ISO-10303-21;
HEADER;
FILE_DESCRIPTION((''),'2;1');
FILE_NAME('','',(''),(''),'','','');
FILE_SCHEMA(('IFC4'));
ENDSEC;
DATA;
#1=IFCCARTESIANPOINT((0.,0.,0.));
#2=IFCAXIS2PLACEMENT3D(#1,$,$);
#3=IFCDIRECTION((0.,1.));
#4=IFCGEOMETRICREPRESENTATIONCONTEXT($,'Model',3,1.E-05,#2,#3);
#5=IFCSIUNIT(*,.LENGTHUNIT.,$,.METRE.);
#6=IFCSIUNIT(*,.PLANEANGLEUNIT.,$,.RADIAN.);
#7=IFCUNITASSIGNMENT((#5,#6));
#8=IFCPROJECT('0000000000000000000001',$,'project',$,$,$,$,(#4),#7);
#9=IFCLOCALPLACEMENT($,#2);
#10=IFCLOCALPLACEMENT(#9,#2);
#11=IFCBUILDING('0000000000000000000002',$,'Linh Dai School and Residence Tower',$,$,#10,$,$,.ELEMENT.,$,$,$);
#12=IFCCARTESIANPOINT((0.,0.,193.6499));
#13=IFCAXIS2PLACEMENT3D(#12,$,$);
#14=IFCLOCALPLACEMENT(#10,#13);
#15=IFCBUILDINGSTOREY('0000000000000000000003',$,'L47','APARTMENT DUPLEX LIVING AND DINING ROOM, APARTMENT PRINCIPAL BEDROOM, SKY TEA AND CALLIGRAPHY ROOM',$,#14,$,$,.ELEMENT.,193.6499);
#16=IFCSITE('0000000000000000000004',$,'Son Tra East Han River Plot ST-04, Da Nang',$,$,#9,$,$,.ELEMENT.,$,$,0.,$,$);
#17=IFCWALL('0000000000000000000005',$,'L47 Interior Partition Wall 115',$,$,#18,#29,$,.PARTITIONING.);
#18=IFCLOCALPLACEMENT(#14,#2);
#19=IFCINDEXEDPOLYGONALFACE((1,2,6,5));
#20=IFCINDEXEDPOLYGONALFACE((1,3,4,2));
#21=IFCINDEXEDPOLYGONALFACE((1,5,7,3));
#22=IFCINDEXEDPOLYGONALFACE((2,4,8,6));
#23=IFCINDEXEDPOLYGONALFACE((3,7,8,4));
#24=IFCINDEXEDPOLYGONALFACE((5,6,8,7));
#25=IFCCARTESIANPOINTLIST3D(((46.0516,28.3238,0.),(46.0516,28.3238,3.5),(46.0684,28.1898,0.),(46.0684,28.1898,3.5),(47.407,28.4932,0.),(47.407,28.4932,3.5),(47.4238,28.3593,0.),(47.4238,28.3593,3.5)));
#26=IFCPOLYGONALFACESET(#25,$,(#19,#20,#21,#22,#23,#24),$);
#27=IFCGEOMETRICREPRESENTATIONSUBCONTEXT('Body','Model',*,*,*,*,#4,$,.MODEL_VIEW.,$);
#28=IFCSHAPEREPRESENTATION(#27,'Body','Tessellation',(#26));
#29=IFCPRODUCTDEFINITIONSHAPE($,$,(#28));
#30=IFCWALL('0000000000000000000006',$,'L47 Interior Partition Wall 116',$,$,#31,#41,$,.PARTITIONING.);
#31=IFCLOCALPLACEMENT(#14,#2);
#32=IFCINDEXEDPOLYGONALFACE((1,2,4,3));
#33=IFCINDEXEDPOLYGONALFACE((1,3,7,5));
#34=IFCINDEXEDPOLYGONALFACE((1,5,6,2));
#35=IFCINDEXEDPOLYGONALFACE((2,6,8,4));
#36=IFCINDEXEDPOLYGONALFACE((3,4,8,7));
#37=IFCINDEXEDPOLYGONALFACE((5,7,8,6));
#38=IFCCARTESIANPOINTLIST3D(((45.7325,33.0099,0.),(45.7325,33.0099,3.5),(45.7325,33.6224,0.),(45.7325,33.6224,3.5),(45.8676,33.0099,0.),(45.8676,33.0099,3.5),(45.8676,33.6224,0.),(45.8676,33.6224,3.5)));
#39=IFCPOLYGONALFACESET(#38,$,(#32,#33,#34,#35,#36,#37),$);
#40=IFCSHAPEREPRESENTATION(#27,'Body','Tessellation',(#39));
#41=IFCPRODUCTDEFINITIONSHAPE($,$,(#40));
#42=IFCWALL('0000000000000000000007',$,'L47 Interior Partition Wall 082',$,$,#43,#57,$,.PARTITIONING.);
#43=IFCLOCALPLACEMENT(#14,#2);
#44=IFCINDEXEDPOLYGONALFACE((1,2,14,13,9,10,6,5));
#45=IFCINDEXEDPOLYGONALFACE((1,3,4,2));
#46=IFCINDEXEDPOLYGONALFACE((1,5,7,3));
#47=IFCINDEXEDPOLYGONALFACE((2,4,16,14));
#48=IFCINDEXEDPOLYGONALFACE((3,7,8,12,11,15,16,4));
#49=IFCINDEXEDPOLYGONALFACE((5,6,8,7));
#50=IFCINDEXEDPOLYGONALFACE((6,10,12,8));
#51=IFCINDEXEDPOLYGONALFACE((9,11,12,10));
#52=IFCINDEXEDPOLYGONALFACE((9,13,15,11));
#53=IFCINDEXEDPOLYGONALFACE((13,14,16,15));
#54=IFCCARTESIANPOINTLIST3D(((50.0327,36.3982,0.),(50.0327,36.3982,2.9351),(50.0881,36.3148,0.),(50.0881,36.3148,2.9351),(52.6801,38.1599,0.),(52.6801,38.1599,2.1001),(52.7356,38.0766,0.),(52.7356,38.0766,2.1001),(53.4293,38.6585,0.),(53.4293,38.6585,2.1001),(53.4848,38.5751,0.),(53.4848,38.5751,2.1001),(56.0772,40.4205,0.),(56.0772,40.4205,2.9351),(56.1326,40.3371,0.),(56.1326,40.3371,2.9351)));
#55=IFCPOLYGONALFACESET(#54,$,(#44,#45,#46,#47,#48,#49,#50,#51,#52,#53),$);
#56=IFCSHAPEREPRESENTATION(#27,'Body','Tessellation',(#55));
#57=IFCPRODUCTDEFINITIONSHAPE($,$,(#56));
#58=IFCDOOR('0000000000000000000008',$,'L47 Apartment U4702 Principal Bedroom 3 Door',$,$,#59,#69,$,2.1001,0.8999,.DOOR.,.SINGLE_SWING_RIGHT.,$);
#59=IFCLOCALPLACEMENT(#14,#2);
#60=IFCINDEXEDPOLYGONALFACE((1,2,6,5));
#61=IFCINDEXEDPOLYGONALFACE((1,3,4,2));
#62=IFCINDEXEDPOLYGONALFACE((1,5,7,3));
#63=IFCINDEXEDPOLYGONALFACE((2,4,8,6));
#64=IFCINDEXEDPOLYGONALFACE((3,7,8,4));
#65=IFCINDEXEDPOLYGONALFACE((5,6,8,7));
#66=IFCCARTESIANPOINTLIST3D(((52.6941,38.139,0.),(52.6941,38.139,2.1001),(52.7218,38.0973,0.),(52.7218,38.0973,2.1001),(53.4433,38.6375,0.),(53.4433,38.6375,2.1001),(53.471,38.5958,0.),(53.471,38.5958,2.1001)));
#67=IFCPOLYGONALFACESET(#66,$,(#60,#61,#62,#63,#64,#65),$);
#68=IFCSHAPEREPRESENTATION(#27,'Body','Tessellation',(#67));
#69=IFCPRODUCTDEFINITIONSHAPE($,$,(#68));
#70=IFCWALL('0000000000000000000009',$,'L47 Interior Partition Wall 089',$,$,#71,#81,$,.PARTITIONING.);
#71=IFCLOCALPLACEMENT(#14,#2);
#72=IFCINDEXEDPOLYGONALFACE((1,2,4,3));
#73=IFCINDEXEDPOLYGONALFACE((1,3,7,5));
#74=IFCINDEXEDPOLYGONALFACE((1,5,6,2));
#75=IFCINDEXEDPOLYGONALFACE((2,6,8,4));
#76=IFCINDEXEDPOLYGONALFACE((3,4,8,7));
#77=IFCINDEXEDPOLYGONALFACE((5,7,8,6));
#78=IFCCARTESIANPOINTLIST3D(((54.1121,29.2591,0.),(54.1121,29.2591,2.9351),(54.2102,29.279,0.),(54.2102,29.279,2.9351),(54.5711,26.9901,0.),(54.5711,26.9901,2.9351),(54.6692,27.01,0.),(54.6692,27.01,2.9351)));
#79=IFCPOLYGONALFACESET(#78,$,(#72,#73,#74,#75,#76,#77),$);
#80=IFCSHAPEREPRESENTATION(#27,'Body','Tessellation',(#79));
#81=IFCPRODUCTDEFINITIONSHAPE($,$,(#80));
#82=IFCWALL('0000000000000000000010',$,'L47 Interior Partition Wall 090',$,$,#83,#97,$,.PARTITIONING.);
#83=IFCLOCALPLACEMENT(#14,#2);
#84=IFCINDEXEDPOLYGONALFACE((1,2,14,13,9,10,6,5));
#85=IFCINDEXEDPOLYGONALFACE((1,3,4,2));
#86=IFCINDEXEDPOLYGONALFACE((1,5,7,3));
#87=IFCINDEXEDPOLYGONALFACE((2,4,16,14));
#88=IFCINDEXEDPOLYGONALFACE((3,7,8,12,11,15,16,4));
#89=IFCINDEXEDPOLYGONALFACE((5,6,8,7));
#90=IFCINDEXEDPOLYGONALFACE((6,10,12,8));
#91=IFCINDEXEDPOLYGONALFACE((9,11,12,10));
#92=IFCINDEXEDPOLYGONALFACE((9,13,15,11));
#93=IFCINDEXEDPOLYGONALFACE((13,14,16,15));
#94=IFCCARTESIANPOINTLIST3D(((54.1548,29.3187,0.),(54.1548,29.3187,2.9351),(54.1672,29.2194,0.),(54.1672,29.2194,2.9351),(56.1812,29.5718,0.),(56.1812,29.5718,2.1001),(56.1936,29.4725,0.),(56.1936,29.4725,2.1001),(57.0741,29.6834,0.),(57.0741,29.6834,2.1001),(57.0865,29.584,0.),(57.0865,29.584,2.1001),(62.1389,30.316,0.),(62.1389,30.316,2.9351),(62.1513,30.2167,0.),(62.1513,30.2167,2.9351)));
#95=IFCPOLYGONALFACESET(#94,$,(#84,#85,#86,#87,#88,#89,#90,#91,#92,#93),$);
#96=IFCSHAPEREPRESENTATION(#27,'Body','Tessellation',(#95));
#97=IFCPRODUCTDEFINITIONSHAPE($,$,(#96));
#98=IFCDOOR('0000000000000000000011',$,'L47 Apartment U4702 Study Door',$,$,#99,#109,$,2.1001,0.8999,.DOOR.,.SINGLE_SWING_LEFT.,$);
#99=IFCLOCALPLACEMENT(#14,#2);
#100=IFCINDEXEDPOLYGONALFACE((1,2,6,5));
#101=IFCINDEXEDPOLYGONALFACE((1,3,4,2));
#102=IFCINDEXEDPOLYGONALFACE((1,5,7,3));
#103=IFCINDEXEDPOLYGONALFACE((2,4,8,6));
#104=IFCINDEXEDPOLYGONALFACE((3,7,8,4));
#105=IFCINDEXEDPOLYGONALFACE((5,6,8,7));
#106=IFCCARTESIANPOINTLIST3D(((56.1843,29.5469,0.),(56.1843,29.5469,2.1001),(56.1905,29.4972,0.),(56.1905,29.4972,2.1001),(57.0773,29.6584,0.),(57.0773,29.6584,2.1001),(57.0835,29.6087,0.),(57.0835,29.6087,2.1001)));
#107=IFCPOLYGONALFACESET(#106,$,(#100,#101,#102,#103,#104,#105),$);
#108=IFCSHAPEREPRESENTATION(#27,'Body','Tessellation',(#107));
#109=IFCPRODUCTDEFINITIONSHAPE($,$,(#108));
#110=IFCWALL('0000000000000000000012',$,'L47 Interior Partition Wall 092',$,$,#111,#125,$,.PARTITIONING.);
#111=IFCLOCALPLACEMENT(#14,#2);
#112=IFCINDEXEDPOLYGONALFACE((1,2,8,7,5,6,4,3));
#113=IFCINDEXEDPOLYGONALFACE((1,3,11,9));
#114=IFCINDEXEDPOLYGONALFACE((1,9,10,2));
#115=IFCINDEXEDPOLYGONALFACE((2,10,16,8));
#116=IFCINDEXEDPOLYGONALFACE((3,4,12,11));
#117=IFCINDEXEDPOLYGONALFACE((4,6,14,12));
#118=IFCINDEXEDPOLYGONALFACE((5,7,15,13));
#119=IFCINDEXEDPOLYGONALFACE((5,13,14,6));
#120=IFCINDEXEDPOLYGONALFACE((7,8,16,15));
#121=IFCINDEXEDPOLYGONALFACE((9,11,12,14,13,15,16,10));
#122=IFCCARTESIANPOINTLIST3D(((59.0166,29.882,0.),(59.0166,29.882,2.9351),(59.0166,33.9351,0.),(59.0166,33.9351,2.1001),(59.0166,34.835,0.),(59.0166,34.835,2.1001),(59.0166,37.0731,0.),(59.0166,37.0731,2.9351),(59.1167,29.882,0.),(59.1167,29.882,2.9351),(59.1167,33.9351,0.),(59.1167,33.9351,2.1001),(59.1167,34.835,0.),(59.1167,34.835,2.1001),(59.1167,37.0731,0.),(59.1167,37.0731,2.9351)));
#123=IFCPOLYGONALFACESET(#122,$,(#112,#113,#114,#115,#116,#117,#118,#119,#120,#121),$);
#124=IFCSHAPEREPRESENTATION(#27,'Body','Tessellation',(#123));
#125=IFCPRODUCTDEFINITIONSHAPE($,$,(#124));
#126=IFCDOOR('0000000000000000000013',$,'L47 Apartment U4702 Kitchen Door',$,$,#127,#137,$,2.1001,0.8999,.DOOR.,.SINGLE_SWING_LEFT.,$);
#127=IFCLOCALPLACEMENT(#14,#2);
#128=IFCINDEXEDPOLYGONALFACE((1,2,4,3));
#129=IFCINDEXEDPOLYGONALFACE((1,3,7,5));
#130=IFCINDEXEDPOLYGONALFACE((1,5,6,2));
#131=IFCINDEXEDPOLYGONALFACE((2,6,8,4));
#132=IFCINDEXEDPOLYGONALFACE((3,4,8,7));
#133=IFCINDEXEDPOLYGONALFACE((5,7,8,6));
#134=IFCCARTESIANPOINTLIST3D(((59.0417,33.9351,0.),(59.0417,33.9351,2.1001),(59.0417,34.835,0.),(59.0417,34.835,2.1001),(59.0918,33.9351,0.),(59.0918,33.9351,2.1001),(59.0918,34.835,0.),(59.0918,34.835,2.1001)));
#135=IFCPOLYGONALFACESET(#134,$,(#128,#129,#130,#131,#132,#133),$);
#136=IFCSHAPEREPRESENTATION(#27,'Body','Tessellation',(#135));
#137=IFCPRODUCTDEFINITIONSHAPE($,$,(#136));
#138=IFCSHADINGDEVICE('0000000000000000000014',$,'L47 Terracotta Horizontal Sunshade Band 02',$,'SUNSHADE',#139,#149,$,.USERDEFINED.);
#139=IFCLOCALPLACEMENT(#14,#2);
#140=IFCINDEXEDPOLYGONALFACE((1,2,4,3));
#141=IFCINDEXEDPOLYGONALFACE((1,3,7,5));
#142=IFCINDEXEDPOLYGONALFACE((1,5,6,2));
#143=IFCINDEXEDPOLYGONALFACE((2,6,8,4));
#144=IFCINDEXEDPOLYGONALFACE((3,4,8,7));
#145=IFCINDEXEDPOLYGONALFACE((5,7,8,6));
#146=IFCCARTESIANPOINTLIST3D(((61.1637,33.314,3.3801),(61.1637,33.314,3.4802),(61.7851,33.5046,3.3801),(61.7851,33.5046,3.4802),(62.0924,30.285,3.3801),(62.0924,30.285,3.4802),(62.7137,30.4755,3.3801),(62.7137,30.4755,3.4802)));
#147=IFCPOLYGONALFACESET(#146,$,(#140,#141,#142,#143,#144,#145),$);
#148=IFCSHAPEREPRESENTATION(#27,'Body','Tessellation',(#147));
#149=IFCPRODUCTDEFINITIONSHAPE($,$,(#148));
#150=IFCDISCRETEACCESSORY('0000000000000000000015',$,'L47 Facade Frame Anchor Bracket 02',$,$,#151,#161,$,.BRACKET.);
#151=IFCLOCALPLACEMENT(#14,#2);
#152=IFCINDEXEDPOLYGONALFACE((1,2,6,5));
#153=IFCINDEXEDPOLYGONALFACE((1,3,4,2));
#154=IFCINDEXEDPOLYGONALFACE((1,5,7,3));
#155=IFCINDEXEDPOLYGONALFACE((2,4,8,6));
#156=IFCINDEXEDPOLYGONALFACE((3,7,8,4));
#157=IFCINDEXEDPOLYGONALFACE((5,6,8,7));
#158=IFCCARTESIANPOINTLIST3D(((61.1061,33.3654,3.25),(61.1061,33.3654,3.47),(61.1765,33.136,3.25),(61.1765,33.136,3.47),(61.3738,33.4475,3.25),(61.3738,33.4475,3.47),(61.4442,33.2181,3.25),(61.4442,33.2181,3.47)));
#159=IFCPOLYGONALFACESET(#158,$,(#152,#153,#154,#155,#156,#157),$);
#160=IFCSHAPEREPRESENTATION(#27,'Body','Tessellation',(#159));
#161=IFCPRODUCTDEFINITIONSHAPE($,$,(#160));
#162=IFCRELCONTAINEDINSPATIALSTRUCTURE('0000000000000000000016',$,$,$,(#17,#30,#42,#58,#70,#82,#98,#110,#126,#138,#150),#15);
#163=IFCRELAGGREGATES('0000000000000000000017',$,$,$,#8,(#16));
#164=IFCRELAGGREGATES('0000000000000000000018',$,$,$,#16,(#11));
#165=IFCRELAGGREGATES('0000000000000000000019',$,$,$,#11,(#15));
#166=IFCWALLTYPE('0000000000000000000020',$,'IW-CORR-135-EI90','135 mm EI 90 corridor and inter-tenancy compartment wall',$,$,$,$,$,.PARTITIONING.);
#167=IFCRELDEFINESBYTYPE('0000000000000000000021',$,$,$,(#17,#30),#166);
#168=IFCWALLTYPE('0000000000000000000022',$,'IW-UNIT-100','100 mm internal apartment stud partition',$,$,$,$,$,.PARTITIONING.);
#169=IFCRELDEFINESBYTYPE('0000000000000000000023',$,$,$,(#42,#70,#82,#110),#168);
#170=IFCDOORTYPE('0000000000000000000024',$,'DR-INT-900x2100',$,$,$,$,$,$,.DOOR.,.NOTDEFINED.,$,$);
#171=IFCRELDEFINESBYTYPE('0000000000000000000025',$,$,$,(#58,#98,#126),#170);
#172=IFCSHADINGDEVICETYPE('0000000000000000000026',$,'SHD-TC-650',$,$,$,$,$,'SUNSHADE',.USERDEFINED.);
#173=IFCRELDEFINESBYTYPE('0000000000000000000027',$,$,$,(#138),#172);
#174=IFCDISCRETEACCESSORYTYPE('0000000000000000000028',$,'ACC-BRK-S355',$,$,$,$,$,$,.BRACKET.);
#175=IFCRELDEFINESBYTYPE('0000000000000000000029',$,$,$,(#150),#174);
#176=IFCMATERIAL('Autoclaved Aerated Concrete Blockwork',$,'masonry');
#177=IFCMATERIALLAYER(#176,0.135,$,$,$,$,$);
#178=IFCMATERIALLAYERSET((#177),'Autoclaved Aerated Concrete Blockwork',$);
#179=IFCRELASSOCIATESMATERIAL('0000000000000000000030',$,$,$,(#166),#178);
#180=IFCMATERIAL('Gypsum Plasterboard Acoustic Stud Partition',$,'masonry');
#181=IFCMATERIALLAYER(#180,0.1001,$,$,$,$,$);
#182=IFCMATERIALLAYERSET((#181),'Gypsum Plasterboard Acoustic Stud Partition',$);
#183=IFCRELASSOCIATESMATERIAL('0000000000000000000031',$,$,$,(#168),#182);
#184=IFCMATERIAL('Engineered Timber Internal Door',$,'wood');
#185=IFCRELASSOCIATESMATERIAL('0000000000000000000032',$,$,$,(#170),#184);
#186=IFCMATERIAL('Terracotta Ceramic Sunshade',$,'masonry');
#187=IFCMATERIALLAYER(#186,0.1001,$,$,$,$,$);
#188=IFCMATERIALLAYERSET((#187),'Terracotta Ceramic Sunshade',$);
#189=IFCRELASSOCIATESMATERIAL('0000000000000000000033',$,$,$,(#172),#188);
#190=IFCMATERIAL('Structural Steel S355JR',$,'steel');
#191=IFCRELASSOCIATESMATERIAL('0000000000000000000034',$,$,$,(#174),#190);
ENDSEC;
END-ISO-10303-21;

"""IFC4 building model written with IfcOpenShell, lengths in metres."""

from ifc_helpers import new_model, si_unit, direction, frame, frame_2d, origin, origin_2d, place, context, subcontext, project, spatial, rectangle, extrude, source, transform, mapped, material, layer, layer_set, type_object, element, fill, save


model = new_model("IFC4")

# Units and contexts
model_context = context("Model", 3, precision=1e-05, world=origin(), true_north=direction((0.0, 1.0)))
body_context = subcontext(model_context, "Body", "Model", "MODEL_VIEW")
ifc_project = project(units=[si_unit("LENGTHUNIT", "METRE"), si_unit("PLANEANGLEUNIT", "RADIAN")], contexts=[model_context])

# Site, building, storey
site_placement = place(None, origin())
site = spatial("IfcSite", under=ifc_project, at=site_placement, Name="Son Tra East Han River Plot ST-04, Da Nang", CompositionType="ELEMENT", RefElevation=0.0)
building_placement = place(site_placement, origin())
building = spatial("IfcBuilding", under=site, at=building_placement, Name="Linh Dai School and Residence Tower", CompositionType="ELEMENT")
storey_placement = place(building_placement, frame((0.0, 0.0, 193.6499)))
storey = spatial("IfcBuildingStorey", under=building, at=storey_placement, Name="L47", Description="APARTMENT DUPLEX LIVING AND DINING ROOM, APARTMENT PRINCIPAL BEDROOM, SKY TEA AND CALLIGRAPHY ROOM", CompositionType="ELEMENT", Elevation=193.6499)

# Shared definitions
ifc_material_1 = material(Name="Structural Steel S355JR", Category="steel")

# Walls
ifc_material_2 = material(Name="Autoclaved Aerated Concrete Blockwork", Category="masonry")
ifc_layer_1 = layer(ifc_material_2, 0.135)
ifc_layer_set_1 = layer_set([ifc_layer_1], Name="Autoclaved Aerated Concrete Blockwork")
wall_type_1 = type_object("IfcWallType", Name="IW-CORR-135-EI90", Description="135 mm EI 90 corridor and inter-tenancy compartment wall", PredefinedType="PARTITIONING", material=ifc_layer_set_1)
wall_1_placement = place(storey_placement, frame((47.4155, 28.4263, 0.0), z_axis=(0.0, 0.0, 1.0), x_axis=(-0.992278, -0.124035, 0.0)))
element("IfcWall", 1, at=wall_1_placement, inside=storey, type_object=wall_type_1, Name="L47 Interior Partition Wall 115", PredefinedType="PARTITIONING", context=body_context, shape_type="SweptSolid", body=[
    extrude(rectangle(XDim=1.366, YDim=0.135, at=frame_2d((0.6831, 0.0))), origin(), (0.0, 0.0, 1.0), 3.5),
])
wall_2_placement = place(storey_placement, frame((45.8, 33.01, 0.0), z_axis=(0.0, 0.0, 1.0), x_axis=(0.0, 1.0, 0.0)))
element("IfcWall", 2, at=wall_2_placement, inside=storey, type_object=wall_type_1, Name="L47 Interior Partition Wall 116", PredefinedType="PARTITIONING", context=body_context, shape_type="SweptSolid", body=[
    extrude(rectangle(XDim=0.6125, YDim=0.135, at=frame_2d((0.3062, 0.0))), origin(), (0.0, 0.0, 1.0), 3.5),
])

# Wall, opening, door
ifc_material_3 = material(Name="Gypsum Plasterboard Acoustic Stud Partition", Category="masonry")
ifc_layer_2 = layer(ifc_material_3, 0.1001)
ifc_layer_set_2 = layer_set([ifc_layer_2], Name="Gypsum Plasterboard Acoustic Stud Partition")
wall_type_2 = type_object("IfcWallType", Name="IW-UNIT-100", Description="100 mm internal apartment stud partition", PredefinedType="PARTITIONING", material=ifc_layer_set_2)
wall_3_placement = place(storey_placement, frame((50.0603, 36.3564, 0.0), z_axis=(0.0, 0.0, 1.0), x_axis=(0.832521, 0.553994, 0.0)))
wall_3 = element("IfcWall", 3, at=wall_3_placement, inside=storey, type_object=wall_type_2, Name="L47 Interior Partition Wall 082", PredefinedType="PARTITIONING", context=body_context, shape_type="SweptSolid", body=[
    extrude(rectangle(XDim=7.2605, YDim=0.1001, at=frame_2d((3.6304, 0.0))), origin(), (0.0, 0.0, 1.0), 2.9351),
])
opening_1_placement = place(wall_3_placement, frame((3.1802, 0.0, 0.0)))
opening_1 = element("IfcOpeningElement", 4, at=opening_1_placement, cuts=wall_3, PredefinedType="OPENING", context=body_context, shape_type="SweptSolid", body=[
    extrude(rectangle(XDim=0.8999, YDim=2.1001, at=origin_2d()), frame((0.45, 0.0601, 1.05), z_axis=(0.0, -1.0, 0.0), x_axis=(1.0, 0.0, 0.0)), (0.0, 0.0, 1.0), 0.1201),
])
ifc_material_4 = material(Name="Engineered Timber Internal Door", Category="wood")
door_type = type_object("IfcDoorType", Name="DR-INT-900x2100", OperationType="NOTDEFINED", PredefinedType="DOOR", material=ifc_material_4)
shared_shape_1 = source(origin(), body_context, "Body", "SweptSolid", [
    extrude(rectangle(XDim=0.8999, YDim=2.1001, at=origin_2d()), frame((0.45, 0.0249, 1.05), z_axis=(0.0, -1.0, 0.0), x_axis=(1.0, 0.0, 0.0)), (0.0, 0.0, 1.0), 0.05),
])
door_1_placement = place(opening_1_placement, origin())
door_1 = element("IfcDoor", 5, at=door_1_placement, inside=storey, type_object=door_type, Name="L47 Apartment U4702 Principal Bedroom 3 Door", OperationType="SINGLE_SWING_RIGHT", OverallHeight=2.1001, OverallWidth=0.8999, PredefinedType="DOOR", context=body_context, shape_type="MappedRepresentation", body=[
    mapped(shared_shape_1, transform((0.0, 0.0, 0.0), x_axis=(1.0, 0.0, 0.0), y_axis=(0.0, 1.0, 0.0), z_axis=(0.0, 0.0, 1.0), scale=1.0)),
])
fill(opening_1, door_1)

# Wall
wall_4_placement = place(storey_placement, frame((54.1611, 29.269, 0.0), z_axis=(0.0, 0.0, 1.0), x_axis=(0.198265, -0.980148, 0.0)))
element("IfcWall", 6, at=wall_4_placement, inside=storey, type_object=wall_type_2, Name="L47 Interior Partition Wall 089", PredefinedType="PARTITIONING", context=body_context, shape_type="SweptSolid", body=[
    extrude(rectangle(XDim=2.3149, YDim=0.1001, at=frame_2d((1.1575, 0.0))), origin(), (0.0, 0.0, 1.0), 2.9351),
])

# Walls, openings, doors
wall_5_placement = place(storey_placement, frame((54.1611, 29.269, 0.0), z_axis=(0.0, 0.0, 1.0), x_axis=(0.992289, 0.123949, 0.0)))
wall_5 = element("IfcWall", 7, at=wall_5_placement, inside=storey, type_object=wall_type_2, Name="L47 Interior Partition Wall 090", PredefinedType="PARTITIONING", context=body_context, shape_type="SweptSolid", body=[
    extrude(rectangle(XDim=8.0461, YDim=0.1001, at=frame_2d((4.0229, 0.0))), origin(), (0.0, 0.0, 1.0), 2.9351),
])
opening_2_placement = place(wall_5_placement, frame((2.042, 0.0, 0.0)))
opening_2 = element("IfcOpeningElement", 8, at=opening_2_placement, cuts=wall_5, PredefinedType="OPENING", context=body_context, shape_type="SweptSolid", body=[
    extrude(rectangle(XDim=0.8999, YDim=2.1001, at=origin_2d()), frame((0.45, 0.0601, 1.05), z_axis=(0.0, -1.0, 0.0), x_axis=(1.0, 0.0, 0.0)), (0.0, 0.0, 1.0), 0.1201),
])
door_2_placement = place(opening_2_placement, origin())
door_2 = element("IfcDoor", 9, at=door_2_placement, inside=storey, type_object=door_type, Name="L47 Apartment U4702 Study Door", OperationType="SINGLE_SWING_LEFT", OverallHeight=2.1001, OverallWidth=0.8999, PredefinedType="DOOR", context=body_context, shape_type="MappedRepresentation", body=[
    mapped(shared_shape_1, transform((0.0, 0.0, 0.0), x_axis=(1.0, 0.0, 0.0), y_axis=(0.0, 1.0, 0.0), z_axis=(0.0, 0.0, 1.0), scale=1.0)),
])
fill(opening_2, door_2)
wall_6_placement = place(storey_placement, frame((59.0667, 29.8818, 0.0), z_axis=(0.0, 0.0, 1.0), x_axis=(0.0, 1.0, 0.0)))
wall_6 = element("IfcWall", 10, at=wall_6_placement, inside=storey, type_object=wall_type_2, Name="L47 Interior Partition Wall 092", PredefinedType="PARTITIONING", context=body_context, shape_type="SweptSolid", body=[
    extrude(rectangle(XDim=7.1912, YDim=0.1001, at=frame_2d((3.5957, 0.0))), origin(), (0.0, 0.0, 1.0), 2.9351),
])
opening_3_placement = place(wall_6_placement, frame((4.0532, 0.0, 0.0)))
opening_3 = element("IfcOpeningElement", 11, at=opening_3_placement, cuts=wall_6, PredefinedType="OPENING", context=body_context, shape_type="SweptSolid", body=[
    extrude(rectangle(XDim=0.8999, YDim=2.1001, at=origin_2d()), frame((0.45, 0.0601, 1.05), z_axis=(0.0, -1.0, 0.0), x_axis=(1.0, 0.0, 0.0)), (0.0, 0.0, 1.0), 0.1201),
])
door_3_placement = place(opening_3_placement, origin())
door_3 = element("IfcDoor", 12, at=door_3_placement, inside=storey, type_object=door_type, Name="L47 Apartment U4702 Kitchen Door", OperationType="SINGLE_SWING_LEFT", OverallHeight=2.1001, OverallWidth=0.8999, PredefinedType="DOOR", context=body_context, shape_type="MappedRepresentation", body=[
    mapped(shared_shape_1, transform((0.0, 0.0, 0.0), x_axis=(1.0, 0.0, 0.0), y_axis=(0.0, 1.0, 0.0), z_axis=(0.0, 0.0, 1.0), scale=1.0)),
])
fill(opening_3, door_3)

# Shading device
ifc_material_5 = material(Name="Terracotta Ceramic Sunshade", Category="masonry")
ifc_layer_3 = layer(ifc_material_5, 0.1001)
ifc_layer_set_3 = layer_set([ifc_layer_3], Name="Terracotta Ceramic Sunshade")
shading_device_type = type_object("IfcShadingDeviceType", Name="SHD-TC-650", ElementType="SUNSHADE", PredefinedType="USERDEFINED", material=ifc_layer_set_3)
shared_shape_2 = source(origin(), body_context, "Body", "SweptSolid", [
    extrude(rectangle(XDim=3.1682, YDim=0.6499, at=origin_2d()), origin(), (0.0, 0.0, 1.0), 0.1001),
])
shading_device_placement = place(storey_placement, frame((61.9387, 31.8948, 3.3801), z_axis=(0.0, 0.0, 1.0), x_axis=(0.293122, -0.956075, 0.0)))
element("IfcShadingDevice", 13, at=shading_device_placement, inside=storey, type_object=shading_device_type, Name="L47 Terracotta Horizontal Sunshade Band 02", ObjectType="SUNSHADE", PredefinedType="USERDEFINED", context=body_context, shape_type="MappedRepresentation", body=[
    mapped(shared_shape_2, transform((0.0, 0.0, 0.0), x_axis=(1.0, 0.0, 0.0), y_axis=(0.0, 1.0, 0.0), z_axis=(0.0, 0.0, 1.0), scale=1.0)),
])

# Discrete accessory
discrete_accessory_type = type_object("IfcDiscreteAccessoryType", Name="ACC-BRK-S355", PredefinedType="BRACKET", material=ifc_material_1)
shared_shape_3 = source(origin(), body_context, "Body", "SweptSolid", [
    extrude(rectangle(XDim=0.28, YDim=0.24, at=origin_2d()), origin(), (0.0, 0.0, 1.0), 0.22),
])
discrete_accessory_placement = place(storey_placement, frame((61.2751, 33.2917, 3.25), z_axis=(0.0, 0.0, 1.0), x_axis=(0.956075, 0.293122, 0.0)))
element("IfcDiscreteAccessory", 14, at=discrete_accessory_placement, inside=storey, type_object=discrete_accessory_type, Name="L47 Facade Frame Anchor Bracket 02", PredefinedType="BRACKET", context=body_context, shape_type="MappedRepresentation", body=[
    mapped(shared_shape_3, transform((0.0, 0.0, 0.0), x_axis=(1.0, 0.0, 0.0), y_axis=(0.0, 1.0, 0.0), z_axis=(0.0, 0.0, 1.0), scale=1.0)),
])

save(model, "model.ifc")
